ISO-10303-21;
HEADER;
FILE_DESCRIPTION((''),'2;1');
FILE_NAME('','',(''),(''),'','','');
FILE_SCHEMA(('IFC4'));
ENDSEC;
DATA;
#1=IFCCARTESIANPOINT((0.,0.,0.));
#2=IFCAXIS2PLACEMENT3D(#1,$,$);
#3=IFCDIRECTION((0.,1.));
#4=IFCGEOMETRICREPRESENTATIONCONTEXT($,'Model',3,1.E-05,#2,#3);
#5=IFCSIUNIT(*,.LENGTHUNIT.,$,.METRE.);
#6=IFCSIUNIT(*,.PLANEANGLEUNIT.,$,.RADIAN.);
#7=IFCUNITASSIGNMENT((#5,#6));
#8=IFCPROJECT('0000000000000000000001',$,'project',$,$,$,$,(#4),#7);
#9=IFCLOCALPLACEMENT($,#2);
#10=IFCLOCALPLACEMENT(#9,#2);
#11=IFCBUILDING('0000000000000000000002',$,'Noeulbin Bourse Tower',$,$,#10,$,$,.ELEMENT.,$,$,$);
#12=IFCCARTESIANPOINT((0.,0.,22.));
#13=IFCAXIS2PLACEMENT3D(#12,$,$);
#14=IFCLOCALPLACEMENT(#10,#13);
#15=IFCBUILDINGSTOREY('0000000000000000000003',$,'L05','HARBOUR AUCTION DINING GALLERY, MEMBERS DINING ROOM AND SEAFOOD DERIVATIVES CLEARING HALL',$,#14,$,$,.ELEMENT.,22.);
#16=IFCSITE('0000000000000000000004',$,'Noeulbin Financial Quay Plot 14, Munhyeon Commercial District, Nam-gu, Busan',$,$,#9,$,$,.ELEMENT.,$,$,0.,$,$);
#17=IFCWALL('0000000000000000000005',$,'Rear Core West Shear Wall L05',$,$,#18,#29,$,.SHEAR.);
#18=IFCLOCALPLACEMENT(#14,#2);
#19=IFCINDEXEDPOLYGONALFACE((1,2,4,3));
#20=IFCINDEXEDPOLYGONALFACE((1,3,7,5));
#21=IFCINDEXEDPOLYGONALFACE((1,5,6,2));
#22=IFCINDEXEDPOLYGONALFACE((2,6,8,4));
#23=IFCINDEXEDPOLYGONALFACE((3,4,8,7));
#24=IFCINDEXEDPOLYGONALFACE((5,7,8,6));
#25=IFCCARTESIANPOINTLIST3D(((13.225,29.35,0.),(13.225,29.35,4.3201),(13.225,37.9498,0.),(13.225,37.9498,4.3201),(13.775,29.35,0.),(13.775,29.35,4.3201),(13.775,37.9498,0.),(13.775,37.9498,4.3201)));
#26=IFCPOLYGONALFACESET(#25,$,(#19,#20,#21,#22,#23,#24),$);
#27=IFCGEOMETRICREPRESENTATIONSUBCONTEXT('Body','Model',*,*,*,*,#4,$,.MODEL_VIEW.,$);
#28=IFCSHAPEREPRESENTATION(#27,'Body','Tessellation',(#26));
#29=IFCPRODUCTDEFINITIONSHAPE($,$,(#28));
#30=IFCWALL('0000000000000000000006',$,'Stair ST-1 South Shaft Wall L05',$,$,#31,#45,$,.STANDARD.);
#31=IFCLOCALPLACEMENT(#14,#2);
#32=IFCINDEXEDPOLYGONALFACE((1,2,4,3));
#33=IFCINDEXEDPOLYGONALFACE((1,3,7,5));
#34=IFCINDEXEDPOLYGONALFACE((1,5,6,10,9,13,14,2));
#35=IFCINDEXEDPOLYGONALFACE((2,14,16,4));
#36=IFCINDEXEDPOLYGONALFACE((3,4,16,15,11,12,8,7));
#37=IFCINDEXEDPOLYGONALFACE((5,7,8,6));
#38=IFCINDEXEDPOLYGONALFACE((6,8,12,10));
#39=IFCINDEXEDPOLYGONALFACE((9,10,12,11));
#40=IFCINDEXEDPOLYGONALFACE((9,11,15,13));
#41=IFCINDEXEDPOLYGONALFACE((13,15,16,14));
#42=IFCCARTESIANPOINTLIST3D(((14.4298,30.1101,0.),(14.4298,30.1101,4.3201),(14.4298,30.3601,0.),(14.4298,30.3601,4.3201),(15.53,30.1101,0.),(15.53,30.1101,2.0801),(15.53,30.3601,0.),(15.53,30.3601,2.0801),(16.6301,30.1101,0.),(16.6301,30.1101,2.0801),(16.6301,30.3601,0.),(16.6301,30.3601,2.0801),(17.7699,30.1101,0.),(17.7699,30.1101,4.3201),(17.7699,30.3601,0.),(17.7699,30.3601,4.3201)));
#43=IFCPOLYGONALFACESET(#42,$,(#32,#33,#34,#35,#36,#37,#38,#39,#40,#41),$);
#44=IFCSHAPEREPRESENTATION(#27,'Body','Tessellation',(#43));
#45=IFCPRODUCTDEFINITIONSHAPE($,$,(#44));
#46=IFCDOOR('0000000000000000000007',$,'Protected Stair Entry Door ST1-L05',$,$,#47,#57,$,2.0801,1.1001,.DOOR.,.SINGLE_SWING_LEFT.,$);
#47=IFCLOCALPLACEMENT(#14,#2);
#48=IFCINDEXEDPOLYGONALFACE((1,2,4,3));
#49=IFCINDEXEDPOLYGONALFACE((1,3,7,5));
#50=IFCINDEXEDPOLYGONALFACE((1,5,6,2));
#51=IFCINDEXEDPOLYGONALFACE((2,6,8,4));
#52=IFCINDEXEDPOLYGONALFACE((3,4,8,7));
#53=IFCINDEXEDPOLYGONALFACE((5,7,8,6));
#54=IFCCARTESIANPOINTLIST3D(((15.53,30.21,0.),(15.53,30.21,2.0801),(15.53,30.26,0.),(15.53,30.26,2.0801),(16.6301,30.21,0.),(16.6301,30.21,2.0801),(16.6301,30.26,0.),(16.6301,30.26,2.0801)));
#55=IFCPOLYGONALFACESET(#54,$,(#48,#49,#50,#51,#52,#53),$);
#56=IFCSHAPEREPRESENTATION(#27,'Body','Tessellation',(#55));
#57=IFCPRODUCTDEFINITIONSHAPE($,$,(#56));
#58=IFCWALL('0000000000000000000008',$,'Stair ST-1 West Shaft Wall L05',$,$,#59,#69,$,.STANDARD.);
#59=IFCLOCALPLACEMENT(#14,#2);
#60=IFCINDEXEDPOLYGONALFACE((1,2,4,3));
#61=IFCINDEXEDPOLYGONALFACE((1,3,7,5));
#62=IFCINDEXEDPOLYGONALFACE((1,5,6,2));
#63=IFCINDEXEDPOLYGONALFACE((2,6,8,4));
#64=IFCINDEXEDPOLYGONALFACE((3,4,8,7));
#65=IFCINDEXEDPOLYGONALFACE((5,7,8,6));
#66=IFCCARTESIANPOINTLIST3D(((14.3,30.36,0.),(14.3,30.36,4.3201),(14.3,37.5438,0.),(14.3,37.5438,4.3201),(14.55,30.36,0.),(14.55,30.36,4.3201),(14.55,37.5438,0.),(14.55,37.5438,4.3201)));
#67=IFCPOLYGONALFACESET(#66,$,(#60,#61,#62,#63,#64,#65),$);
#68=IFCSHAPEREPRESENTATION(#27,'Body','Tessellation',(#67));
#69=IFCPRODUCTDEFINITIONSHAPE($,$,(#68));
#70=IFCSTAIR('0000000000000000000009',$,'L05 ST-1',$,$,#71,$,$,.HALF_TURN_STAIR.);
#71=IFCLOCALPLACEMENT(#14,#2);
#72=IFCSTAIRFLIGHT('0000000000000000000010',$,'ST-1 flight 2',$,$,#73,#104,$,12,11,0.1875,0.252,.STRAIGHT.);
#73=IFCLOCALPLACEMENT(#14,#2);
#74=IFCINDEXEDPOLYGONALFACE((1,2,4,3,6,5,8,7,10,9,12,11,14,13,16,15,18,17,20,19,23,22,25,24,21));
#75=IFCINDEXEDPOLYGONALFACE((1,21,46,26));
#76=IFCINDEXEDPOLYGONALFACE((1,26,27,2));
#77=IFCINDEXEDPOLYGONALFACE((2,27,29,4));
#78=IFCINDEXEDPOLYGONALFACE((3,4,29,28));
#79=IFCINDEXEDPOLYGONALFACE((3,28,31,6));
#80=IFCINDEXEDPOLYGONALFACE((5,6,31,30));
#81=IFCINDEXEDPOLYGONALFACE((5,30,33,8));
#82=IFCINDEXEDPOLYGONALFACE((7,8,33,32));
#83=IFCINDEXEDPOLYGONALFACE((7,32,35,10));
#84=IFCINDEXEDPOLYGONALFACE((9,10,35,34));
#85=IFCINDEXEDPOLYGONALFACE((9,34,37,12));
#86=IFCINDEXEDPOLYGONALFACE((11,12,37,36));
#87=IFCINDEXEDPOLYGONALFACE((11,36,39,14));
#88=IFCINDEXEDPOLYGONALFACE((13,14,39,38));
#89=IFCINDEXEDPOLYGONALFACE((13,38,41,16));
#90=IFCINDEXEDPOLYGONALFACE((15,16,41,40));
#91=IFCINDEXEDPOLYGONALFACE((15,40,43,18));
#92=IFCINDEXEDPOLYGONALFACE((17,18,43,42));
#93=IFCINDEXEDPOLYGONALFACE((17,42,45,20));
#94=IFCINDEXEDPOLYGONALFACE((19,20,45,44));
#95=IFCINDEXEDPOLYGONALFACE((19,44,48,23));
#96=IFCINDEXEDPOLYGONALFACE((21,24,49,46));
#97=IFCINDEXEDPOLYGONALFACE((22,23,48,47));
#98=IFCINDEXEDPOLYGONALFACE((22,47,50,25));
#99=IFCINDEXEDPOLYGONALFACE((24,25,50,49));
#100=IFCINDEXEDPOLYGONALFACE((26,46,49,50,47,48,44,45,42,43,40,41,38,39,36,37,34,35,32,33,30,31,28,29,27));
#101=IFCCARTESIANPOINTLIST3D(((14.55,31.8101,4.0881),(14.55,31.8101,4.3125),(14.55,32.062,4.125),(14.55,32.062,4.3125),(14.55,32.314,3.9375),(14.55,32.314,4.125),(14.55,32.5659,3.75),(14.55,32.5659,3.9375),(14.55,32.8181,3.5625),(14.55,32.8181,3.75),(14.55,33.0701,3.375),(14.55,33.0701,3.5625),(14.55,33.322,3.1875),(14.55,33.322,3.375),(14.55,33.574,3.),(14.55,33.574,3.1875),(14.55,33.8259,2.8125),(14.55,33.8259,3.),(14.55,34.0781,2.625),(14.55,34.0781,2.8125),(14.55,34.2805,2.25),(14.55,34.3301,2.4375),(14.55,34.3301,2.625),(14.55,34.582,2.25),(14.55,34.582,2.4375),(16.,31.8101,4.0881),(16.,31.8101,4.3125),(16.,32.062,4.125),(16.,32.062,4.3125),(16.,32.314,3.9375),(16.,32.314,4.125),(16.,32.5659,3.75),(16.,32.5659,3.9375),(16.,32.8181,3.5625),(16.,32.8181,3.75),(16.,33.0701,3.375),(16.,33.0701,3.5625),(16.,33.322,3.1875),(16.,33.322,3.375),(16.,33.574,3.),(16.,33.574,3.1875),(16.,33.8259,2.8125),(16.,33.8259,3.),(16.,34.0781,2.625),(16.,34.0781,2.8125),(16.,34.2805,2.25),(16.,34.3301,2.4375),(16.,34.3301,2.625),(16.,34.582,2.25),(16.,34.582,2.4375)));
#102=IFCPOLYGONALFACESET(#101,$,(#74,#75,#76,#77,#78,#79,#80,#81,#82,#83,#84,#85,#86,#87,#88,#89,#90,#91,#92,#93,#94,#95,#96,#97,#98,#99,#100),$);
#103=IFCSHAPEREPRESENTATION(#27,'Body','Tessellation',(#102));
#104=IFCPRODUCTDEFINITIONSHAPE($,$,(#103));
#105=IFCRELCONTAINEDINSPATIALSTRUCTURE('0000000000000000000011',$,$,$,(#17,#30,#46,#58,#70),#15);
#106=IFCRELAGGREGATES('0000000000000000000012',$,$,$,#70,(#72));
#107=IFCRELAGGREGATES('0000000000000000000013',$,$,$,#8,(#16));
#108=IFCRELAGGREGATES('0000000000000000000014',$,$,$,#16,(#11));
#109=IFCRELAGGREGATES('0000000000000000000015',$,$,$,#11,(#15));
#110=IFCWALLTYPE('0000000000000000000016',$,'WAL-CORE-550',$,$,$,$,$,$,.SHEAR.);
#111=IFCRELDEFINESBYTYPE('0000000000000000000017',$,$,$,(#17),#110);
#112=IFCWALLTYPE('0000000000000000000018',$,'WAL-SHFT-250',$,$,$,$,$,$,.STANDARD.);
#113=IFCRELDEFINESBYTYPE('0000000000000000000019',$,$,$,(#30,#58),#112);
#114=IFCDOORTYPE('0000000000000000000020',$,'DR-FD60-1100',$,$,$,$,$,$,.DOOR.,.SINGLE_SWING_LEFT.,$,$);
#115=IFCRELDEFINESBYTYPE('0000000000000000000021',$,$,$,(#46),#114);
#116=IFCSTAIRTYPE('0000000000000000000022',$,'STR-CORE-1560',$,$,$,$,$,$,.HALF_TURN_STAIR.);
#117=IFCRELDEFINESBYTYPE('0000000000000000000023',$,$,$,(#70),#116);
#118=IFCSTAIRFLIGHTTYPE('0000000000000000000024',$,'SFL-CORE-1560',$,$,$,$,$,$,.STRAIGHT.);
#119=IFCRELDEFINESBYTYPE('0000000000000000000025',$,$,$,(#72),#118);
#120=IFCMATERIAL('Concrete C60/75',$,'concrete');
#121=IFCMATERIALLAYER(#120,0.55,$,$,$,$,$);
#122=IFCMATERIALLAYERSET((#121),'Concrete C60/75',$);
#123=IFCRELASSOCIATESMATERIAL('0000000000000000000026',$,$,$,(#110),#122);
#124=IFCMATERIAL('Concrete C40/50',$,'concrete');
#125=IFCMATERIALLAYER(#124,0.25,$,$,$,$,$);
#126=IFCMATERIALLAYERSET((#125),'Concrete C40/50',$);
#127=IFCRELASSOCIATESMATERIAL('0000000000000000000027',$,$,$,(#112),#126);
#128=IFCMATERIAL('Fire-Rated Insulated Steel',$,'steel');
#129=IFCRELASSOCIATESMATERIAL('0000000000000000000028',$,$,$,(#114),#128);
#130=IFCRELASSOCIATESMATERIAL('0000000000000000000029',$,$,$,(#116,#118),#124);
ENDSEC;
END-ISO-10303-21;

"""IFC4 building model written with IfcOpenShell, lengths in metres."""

from ifc_helpers import new_model, si_unit, direction, frame, frame_2d, origin, place, context, subcontext, project, spatial, polyline, rectangle, outline, extrude, material, layer, layer_set, type_object, element, fill, aggregate, save


model = new_model("IFC4")

# Units and contexts
model_context = context("Model", 3, precision=1e-05, world=origin(), true_north=direction((0.0, 1.0)))
body_context = subcontext(model_context, "Body", "Model", "MODEL_VIEW")
ifc_project = project(units=[si_unit("LENGTHUNIT", "METRE"), si_unit("PLANEANGLEUNIT", "RADIAN")], contexts=[model_context])

# Site, building, storey
site_placement = place(None, origin())
site = spatial("IfcSite", under=ifc_project, at=site_placement, Name="Noeulbin Financial Quay Plot 14, Munhyeon Commercial District, Nam-gu, Busan", CompositionType="ELEMENT", RefElevation=0.0)
building_placement = place(site_placement, origin())
building = spatial("IfcBuilding", under=site, at=building_placement, Name="Noeulbin Bourse Tower", CompositionType="ELEMENT")
storey_placement = place(building_placement, frame((0.0, 0.0, 22.0)))
storey = spatial("IfcBuildingStorey", under=building, at=storey_placement, Name="L05", Description="HARBOUR AUCTION DINING GALLERY, MEMBERS DINING ROOM AND SEAFOOD DERIVATIVES CLEARING HALL", CompositionType="ELEMENT", Elevation=22.0)

# Wall
ifc_material_1 = material(Name="Concrete C60/75", Category="concrete")
ifc_layer_1 = layer(ifc_material_1, 0.55)
ifc_layer_set_1 = layer_set([ifc_layer_1], Name="Concrete C60/75")
wall_type_1 = type_object("IfcWallType", Name="WAL-CORE-550", PredefinedType="SHEAR", material=ifc_layer_set_1)
wall_1_placement = place(storey_placement, frame((13.5, 29.3501, 0.0), z_axis=(0.0, 0.0, 1.0), x_axis=(0.0, 1.0, 0.0)))
element("IfcWall", 1, at=wall_1_placement, inside=storey, type_object=wall_type_1, Name="Rear Core West Shear Wall L05", PredefinedType="SHEAR", context=body_context, shape_type="SweptSolid", body=[
    extrude(rectangle(XDim=8.5999, YDim=0.55, at=frame_2d((4.2998, 0.0))), origin(), (0.0, 0.0, 1.0), 4.3201),
])

# Wall, opening, door
ifc_material_2 = material(Name="Concrete C40/50", Category="concrete")
ifc_layer_2 = layer(ifc_material_2, 0.25)
ifc_layer_set_2 = layer_set([ifc_layer_2], Name="Concrete C40/50")
wall_type_2 = type_object("IfcWallType", Name="WAL-SHFT-250", PredefinedType="STANDARD", material=ifc_layer_set_2)
wall_2_placement = place(storey_placement, frame((14.4299, 30.2351, 0.0), z_axis=(0.0, 0.0, 1.0), x_axis=(1.0, 0.0, 0.0)))
wall_2 = element("IfcWall", 2, at=wall_2_placement, inside=storey, type_object=wall_type_2, Name="Stair ST-1 South Shaft Wall L05", PredefinedType="STANDARD", context=body_context, shape_type="SweptSolid", body=[
    extrude(rectangle(XDim=3.3401, YDim=0.25, at=frame_2d((1.6699, 0.0))), origin(), (0.0, 0.0, 1.0), 4.3201),
])
opening_placement = place(wall_2_placement, frame((1.1001, 0.0, 0.0)))
opening = element("IfcOpeningElement", 3, at=opening_placement, cuts=wall_2, PredefinedType="OPENING", context=body_context, shape_type="SweptSolid", body=[
    extrude(rectangle(XDim=1.1001, YDim=2.0801, at=frame_2d((0.55, 1.04))), frame((0.0, 0.135, 0.0), z_axis=(0.0, -1.0, 0.0), x_axis=(1.0, 0.0, 0.0)), (0.0, 0.0, 1.0), 0.27),
])
ifc_material_3 = material(Name="Fire-Rated Insulated Steel", Category="steel")
door_type = type_object("IfcDoorType", Name="DR-FD60-1100", OperationType="SINGLE_SWING_LEFT", PredefinedType="DOOR", material=ifc_material_3)
door_placement = place(opening_placement, origin())
door = element("IfcDoor", 4, at=door_placement, inside=storey, type_object=door_type, Name="Protected Stair Entry Door ST1-L05", OperationType="SINGLE_SWING_LEFT", OverallHeight=2.0801, OverallWidth=1.1001, PredefinedType="DOOR", context=body_context, shape_type="SweptSolid", body=[
    extrude(rectangle(XDim=1.1001, YDim=2.0801, at=frame_2d((0.55, 1.04))), frame((0.0, 0.0249, 0.0), z_axis=(0.0, -1.0, 0.0), x_axis=(1.0, 0.0, 0.0)), (0.0, 0.0, 1.0), 0.05),
])
fill(opening, door)

# Wall
wall_3_placement = place(storey_placement, frame((14.425, 30.3601, 0.0), z_axis=(0.0, 0.0, 1.0), x_axis=(0.0, 1.0, 0.0)))
element("IfcWall", 5, at=wall_3_placement, inside=storey, type_object=wall_type_2, Name="Stair ST-1 West Shaft Wall L05", PredefinedType="STANDARD", context=body_context, shape_type="SweptSolid", body=[
    extrude(rectangle(XDim=7.1838, YDim=0.25, at=frame_2d((3.5918, 0.0))), origin(), (0.0, 0.0, 1.0), 4.3201),
])

# Stair, stair flight
stair_type = type_object("IfcStairType", Name="STR-CORE-1560", PredefinedType="HALF_TURN_STAIR", material=ifc_material_2)
stair_placement = place(storey_placement, origin())
stair = element("IfcStair", 6, at=stair_placement, inside=storey, type_object=stair_type, Name="L05 ST-1", PredefinedType="HALF_TURN_STAIR")
stair_flight_type = type_object("IfcStairFlightType", Name="SFL-CORE-1560", PredefinedType="STRAIGHT", material=ifc_material_2)
stair_flight_placement = place(storey_placement, frame((15.2749, 34.582, 2.25), z_axis=(0.0, 0.0, 1.0), x_axis=(0.0, -1.0, 0.0)))
stair_flight = element("IfcStairFlight", 7, at=stair_flight_placement, type_object=stair_flight_type, Name="ST-1 flight 2", NumberOfRisers=12, NumberOfTreads=11, PredefinedType="STRAIGHT", RiserHeight=0.1875, TreadLength=0.252, context=body_context, shape_type="SweptSolid", body=[
    extrude(outline(polyline([(0.0, 0.0), (0.0, 0.1875), (0.252, 0.1875), (0.252, 0.375), (0.5039, 0.375), (0.5039, 0.5625), (0.7561, 0.5625), (0.7561, 0.75), (1.0081, 0.75), (1.0081, 0.9375), (1.26, 0.9375), (1.26, 1.125), (1.512, 1.125), (1.512, 1.3125), (1.7639, 1.3125), (1.7639, 1.5), (2.0161, 1.5), (2.0161, 1.6875), (2.2681, 1.6875), (2.2681, 1.875), (2.52, 1.875), (2.52, 2.0625), (2.772, 2.0625), (2.772, 2.25), (2.772, 1.8381), (0.3015, 0.0), (0.0, 0.0)])), frame((0.0, 0.7251, 0.0), z_axis=(0.0, -1.0, 0.0), x_axis=(1.0, 0.0, 0.0)), (0.0, 0.0, 1.0), 1.45),
])
aggregate(stair, [stair_flight])

save(model, "model.ifc")
